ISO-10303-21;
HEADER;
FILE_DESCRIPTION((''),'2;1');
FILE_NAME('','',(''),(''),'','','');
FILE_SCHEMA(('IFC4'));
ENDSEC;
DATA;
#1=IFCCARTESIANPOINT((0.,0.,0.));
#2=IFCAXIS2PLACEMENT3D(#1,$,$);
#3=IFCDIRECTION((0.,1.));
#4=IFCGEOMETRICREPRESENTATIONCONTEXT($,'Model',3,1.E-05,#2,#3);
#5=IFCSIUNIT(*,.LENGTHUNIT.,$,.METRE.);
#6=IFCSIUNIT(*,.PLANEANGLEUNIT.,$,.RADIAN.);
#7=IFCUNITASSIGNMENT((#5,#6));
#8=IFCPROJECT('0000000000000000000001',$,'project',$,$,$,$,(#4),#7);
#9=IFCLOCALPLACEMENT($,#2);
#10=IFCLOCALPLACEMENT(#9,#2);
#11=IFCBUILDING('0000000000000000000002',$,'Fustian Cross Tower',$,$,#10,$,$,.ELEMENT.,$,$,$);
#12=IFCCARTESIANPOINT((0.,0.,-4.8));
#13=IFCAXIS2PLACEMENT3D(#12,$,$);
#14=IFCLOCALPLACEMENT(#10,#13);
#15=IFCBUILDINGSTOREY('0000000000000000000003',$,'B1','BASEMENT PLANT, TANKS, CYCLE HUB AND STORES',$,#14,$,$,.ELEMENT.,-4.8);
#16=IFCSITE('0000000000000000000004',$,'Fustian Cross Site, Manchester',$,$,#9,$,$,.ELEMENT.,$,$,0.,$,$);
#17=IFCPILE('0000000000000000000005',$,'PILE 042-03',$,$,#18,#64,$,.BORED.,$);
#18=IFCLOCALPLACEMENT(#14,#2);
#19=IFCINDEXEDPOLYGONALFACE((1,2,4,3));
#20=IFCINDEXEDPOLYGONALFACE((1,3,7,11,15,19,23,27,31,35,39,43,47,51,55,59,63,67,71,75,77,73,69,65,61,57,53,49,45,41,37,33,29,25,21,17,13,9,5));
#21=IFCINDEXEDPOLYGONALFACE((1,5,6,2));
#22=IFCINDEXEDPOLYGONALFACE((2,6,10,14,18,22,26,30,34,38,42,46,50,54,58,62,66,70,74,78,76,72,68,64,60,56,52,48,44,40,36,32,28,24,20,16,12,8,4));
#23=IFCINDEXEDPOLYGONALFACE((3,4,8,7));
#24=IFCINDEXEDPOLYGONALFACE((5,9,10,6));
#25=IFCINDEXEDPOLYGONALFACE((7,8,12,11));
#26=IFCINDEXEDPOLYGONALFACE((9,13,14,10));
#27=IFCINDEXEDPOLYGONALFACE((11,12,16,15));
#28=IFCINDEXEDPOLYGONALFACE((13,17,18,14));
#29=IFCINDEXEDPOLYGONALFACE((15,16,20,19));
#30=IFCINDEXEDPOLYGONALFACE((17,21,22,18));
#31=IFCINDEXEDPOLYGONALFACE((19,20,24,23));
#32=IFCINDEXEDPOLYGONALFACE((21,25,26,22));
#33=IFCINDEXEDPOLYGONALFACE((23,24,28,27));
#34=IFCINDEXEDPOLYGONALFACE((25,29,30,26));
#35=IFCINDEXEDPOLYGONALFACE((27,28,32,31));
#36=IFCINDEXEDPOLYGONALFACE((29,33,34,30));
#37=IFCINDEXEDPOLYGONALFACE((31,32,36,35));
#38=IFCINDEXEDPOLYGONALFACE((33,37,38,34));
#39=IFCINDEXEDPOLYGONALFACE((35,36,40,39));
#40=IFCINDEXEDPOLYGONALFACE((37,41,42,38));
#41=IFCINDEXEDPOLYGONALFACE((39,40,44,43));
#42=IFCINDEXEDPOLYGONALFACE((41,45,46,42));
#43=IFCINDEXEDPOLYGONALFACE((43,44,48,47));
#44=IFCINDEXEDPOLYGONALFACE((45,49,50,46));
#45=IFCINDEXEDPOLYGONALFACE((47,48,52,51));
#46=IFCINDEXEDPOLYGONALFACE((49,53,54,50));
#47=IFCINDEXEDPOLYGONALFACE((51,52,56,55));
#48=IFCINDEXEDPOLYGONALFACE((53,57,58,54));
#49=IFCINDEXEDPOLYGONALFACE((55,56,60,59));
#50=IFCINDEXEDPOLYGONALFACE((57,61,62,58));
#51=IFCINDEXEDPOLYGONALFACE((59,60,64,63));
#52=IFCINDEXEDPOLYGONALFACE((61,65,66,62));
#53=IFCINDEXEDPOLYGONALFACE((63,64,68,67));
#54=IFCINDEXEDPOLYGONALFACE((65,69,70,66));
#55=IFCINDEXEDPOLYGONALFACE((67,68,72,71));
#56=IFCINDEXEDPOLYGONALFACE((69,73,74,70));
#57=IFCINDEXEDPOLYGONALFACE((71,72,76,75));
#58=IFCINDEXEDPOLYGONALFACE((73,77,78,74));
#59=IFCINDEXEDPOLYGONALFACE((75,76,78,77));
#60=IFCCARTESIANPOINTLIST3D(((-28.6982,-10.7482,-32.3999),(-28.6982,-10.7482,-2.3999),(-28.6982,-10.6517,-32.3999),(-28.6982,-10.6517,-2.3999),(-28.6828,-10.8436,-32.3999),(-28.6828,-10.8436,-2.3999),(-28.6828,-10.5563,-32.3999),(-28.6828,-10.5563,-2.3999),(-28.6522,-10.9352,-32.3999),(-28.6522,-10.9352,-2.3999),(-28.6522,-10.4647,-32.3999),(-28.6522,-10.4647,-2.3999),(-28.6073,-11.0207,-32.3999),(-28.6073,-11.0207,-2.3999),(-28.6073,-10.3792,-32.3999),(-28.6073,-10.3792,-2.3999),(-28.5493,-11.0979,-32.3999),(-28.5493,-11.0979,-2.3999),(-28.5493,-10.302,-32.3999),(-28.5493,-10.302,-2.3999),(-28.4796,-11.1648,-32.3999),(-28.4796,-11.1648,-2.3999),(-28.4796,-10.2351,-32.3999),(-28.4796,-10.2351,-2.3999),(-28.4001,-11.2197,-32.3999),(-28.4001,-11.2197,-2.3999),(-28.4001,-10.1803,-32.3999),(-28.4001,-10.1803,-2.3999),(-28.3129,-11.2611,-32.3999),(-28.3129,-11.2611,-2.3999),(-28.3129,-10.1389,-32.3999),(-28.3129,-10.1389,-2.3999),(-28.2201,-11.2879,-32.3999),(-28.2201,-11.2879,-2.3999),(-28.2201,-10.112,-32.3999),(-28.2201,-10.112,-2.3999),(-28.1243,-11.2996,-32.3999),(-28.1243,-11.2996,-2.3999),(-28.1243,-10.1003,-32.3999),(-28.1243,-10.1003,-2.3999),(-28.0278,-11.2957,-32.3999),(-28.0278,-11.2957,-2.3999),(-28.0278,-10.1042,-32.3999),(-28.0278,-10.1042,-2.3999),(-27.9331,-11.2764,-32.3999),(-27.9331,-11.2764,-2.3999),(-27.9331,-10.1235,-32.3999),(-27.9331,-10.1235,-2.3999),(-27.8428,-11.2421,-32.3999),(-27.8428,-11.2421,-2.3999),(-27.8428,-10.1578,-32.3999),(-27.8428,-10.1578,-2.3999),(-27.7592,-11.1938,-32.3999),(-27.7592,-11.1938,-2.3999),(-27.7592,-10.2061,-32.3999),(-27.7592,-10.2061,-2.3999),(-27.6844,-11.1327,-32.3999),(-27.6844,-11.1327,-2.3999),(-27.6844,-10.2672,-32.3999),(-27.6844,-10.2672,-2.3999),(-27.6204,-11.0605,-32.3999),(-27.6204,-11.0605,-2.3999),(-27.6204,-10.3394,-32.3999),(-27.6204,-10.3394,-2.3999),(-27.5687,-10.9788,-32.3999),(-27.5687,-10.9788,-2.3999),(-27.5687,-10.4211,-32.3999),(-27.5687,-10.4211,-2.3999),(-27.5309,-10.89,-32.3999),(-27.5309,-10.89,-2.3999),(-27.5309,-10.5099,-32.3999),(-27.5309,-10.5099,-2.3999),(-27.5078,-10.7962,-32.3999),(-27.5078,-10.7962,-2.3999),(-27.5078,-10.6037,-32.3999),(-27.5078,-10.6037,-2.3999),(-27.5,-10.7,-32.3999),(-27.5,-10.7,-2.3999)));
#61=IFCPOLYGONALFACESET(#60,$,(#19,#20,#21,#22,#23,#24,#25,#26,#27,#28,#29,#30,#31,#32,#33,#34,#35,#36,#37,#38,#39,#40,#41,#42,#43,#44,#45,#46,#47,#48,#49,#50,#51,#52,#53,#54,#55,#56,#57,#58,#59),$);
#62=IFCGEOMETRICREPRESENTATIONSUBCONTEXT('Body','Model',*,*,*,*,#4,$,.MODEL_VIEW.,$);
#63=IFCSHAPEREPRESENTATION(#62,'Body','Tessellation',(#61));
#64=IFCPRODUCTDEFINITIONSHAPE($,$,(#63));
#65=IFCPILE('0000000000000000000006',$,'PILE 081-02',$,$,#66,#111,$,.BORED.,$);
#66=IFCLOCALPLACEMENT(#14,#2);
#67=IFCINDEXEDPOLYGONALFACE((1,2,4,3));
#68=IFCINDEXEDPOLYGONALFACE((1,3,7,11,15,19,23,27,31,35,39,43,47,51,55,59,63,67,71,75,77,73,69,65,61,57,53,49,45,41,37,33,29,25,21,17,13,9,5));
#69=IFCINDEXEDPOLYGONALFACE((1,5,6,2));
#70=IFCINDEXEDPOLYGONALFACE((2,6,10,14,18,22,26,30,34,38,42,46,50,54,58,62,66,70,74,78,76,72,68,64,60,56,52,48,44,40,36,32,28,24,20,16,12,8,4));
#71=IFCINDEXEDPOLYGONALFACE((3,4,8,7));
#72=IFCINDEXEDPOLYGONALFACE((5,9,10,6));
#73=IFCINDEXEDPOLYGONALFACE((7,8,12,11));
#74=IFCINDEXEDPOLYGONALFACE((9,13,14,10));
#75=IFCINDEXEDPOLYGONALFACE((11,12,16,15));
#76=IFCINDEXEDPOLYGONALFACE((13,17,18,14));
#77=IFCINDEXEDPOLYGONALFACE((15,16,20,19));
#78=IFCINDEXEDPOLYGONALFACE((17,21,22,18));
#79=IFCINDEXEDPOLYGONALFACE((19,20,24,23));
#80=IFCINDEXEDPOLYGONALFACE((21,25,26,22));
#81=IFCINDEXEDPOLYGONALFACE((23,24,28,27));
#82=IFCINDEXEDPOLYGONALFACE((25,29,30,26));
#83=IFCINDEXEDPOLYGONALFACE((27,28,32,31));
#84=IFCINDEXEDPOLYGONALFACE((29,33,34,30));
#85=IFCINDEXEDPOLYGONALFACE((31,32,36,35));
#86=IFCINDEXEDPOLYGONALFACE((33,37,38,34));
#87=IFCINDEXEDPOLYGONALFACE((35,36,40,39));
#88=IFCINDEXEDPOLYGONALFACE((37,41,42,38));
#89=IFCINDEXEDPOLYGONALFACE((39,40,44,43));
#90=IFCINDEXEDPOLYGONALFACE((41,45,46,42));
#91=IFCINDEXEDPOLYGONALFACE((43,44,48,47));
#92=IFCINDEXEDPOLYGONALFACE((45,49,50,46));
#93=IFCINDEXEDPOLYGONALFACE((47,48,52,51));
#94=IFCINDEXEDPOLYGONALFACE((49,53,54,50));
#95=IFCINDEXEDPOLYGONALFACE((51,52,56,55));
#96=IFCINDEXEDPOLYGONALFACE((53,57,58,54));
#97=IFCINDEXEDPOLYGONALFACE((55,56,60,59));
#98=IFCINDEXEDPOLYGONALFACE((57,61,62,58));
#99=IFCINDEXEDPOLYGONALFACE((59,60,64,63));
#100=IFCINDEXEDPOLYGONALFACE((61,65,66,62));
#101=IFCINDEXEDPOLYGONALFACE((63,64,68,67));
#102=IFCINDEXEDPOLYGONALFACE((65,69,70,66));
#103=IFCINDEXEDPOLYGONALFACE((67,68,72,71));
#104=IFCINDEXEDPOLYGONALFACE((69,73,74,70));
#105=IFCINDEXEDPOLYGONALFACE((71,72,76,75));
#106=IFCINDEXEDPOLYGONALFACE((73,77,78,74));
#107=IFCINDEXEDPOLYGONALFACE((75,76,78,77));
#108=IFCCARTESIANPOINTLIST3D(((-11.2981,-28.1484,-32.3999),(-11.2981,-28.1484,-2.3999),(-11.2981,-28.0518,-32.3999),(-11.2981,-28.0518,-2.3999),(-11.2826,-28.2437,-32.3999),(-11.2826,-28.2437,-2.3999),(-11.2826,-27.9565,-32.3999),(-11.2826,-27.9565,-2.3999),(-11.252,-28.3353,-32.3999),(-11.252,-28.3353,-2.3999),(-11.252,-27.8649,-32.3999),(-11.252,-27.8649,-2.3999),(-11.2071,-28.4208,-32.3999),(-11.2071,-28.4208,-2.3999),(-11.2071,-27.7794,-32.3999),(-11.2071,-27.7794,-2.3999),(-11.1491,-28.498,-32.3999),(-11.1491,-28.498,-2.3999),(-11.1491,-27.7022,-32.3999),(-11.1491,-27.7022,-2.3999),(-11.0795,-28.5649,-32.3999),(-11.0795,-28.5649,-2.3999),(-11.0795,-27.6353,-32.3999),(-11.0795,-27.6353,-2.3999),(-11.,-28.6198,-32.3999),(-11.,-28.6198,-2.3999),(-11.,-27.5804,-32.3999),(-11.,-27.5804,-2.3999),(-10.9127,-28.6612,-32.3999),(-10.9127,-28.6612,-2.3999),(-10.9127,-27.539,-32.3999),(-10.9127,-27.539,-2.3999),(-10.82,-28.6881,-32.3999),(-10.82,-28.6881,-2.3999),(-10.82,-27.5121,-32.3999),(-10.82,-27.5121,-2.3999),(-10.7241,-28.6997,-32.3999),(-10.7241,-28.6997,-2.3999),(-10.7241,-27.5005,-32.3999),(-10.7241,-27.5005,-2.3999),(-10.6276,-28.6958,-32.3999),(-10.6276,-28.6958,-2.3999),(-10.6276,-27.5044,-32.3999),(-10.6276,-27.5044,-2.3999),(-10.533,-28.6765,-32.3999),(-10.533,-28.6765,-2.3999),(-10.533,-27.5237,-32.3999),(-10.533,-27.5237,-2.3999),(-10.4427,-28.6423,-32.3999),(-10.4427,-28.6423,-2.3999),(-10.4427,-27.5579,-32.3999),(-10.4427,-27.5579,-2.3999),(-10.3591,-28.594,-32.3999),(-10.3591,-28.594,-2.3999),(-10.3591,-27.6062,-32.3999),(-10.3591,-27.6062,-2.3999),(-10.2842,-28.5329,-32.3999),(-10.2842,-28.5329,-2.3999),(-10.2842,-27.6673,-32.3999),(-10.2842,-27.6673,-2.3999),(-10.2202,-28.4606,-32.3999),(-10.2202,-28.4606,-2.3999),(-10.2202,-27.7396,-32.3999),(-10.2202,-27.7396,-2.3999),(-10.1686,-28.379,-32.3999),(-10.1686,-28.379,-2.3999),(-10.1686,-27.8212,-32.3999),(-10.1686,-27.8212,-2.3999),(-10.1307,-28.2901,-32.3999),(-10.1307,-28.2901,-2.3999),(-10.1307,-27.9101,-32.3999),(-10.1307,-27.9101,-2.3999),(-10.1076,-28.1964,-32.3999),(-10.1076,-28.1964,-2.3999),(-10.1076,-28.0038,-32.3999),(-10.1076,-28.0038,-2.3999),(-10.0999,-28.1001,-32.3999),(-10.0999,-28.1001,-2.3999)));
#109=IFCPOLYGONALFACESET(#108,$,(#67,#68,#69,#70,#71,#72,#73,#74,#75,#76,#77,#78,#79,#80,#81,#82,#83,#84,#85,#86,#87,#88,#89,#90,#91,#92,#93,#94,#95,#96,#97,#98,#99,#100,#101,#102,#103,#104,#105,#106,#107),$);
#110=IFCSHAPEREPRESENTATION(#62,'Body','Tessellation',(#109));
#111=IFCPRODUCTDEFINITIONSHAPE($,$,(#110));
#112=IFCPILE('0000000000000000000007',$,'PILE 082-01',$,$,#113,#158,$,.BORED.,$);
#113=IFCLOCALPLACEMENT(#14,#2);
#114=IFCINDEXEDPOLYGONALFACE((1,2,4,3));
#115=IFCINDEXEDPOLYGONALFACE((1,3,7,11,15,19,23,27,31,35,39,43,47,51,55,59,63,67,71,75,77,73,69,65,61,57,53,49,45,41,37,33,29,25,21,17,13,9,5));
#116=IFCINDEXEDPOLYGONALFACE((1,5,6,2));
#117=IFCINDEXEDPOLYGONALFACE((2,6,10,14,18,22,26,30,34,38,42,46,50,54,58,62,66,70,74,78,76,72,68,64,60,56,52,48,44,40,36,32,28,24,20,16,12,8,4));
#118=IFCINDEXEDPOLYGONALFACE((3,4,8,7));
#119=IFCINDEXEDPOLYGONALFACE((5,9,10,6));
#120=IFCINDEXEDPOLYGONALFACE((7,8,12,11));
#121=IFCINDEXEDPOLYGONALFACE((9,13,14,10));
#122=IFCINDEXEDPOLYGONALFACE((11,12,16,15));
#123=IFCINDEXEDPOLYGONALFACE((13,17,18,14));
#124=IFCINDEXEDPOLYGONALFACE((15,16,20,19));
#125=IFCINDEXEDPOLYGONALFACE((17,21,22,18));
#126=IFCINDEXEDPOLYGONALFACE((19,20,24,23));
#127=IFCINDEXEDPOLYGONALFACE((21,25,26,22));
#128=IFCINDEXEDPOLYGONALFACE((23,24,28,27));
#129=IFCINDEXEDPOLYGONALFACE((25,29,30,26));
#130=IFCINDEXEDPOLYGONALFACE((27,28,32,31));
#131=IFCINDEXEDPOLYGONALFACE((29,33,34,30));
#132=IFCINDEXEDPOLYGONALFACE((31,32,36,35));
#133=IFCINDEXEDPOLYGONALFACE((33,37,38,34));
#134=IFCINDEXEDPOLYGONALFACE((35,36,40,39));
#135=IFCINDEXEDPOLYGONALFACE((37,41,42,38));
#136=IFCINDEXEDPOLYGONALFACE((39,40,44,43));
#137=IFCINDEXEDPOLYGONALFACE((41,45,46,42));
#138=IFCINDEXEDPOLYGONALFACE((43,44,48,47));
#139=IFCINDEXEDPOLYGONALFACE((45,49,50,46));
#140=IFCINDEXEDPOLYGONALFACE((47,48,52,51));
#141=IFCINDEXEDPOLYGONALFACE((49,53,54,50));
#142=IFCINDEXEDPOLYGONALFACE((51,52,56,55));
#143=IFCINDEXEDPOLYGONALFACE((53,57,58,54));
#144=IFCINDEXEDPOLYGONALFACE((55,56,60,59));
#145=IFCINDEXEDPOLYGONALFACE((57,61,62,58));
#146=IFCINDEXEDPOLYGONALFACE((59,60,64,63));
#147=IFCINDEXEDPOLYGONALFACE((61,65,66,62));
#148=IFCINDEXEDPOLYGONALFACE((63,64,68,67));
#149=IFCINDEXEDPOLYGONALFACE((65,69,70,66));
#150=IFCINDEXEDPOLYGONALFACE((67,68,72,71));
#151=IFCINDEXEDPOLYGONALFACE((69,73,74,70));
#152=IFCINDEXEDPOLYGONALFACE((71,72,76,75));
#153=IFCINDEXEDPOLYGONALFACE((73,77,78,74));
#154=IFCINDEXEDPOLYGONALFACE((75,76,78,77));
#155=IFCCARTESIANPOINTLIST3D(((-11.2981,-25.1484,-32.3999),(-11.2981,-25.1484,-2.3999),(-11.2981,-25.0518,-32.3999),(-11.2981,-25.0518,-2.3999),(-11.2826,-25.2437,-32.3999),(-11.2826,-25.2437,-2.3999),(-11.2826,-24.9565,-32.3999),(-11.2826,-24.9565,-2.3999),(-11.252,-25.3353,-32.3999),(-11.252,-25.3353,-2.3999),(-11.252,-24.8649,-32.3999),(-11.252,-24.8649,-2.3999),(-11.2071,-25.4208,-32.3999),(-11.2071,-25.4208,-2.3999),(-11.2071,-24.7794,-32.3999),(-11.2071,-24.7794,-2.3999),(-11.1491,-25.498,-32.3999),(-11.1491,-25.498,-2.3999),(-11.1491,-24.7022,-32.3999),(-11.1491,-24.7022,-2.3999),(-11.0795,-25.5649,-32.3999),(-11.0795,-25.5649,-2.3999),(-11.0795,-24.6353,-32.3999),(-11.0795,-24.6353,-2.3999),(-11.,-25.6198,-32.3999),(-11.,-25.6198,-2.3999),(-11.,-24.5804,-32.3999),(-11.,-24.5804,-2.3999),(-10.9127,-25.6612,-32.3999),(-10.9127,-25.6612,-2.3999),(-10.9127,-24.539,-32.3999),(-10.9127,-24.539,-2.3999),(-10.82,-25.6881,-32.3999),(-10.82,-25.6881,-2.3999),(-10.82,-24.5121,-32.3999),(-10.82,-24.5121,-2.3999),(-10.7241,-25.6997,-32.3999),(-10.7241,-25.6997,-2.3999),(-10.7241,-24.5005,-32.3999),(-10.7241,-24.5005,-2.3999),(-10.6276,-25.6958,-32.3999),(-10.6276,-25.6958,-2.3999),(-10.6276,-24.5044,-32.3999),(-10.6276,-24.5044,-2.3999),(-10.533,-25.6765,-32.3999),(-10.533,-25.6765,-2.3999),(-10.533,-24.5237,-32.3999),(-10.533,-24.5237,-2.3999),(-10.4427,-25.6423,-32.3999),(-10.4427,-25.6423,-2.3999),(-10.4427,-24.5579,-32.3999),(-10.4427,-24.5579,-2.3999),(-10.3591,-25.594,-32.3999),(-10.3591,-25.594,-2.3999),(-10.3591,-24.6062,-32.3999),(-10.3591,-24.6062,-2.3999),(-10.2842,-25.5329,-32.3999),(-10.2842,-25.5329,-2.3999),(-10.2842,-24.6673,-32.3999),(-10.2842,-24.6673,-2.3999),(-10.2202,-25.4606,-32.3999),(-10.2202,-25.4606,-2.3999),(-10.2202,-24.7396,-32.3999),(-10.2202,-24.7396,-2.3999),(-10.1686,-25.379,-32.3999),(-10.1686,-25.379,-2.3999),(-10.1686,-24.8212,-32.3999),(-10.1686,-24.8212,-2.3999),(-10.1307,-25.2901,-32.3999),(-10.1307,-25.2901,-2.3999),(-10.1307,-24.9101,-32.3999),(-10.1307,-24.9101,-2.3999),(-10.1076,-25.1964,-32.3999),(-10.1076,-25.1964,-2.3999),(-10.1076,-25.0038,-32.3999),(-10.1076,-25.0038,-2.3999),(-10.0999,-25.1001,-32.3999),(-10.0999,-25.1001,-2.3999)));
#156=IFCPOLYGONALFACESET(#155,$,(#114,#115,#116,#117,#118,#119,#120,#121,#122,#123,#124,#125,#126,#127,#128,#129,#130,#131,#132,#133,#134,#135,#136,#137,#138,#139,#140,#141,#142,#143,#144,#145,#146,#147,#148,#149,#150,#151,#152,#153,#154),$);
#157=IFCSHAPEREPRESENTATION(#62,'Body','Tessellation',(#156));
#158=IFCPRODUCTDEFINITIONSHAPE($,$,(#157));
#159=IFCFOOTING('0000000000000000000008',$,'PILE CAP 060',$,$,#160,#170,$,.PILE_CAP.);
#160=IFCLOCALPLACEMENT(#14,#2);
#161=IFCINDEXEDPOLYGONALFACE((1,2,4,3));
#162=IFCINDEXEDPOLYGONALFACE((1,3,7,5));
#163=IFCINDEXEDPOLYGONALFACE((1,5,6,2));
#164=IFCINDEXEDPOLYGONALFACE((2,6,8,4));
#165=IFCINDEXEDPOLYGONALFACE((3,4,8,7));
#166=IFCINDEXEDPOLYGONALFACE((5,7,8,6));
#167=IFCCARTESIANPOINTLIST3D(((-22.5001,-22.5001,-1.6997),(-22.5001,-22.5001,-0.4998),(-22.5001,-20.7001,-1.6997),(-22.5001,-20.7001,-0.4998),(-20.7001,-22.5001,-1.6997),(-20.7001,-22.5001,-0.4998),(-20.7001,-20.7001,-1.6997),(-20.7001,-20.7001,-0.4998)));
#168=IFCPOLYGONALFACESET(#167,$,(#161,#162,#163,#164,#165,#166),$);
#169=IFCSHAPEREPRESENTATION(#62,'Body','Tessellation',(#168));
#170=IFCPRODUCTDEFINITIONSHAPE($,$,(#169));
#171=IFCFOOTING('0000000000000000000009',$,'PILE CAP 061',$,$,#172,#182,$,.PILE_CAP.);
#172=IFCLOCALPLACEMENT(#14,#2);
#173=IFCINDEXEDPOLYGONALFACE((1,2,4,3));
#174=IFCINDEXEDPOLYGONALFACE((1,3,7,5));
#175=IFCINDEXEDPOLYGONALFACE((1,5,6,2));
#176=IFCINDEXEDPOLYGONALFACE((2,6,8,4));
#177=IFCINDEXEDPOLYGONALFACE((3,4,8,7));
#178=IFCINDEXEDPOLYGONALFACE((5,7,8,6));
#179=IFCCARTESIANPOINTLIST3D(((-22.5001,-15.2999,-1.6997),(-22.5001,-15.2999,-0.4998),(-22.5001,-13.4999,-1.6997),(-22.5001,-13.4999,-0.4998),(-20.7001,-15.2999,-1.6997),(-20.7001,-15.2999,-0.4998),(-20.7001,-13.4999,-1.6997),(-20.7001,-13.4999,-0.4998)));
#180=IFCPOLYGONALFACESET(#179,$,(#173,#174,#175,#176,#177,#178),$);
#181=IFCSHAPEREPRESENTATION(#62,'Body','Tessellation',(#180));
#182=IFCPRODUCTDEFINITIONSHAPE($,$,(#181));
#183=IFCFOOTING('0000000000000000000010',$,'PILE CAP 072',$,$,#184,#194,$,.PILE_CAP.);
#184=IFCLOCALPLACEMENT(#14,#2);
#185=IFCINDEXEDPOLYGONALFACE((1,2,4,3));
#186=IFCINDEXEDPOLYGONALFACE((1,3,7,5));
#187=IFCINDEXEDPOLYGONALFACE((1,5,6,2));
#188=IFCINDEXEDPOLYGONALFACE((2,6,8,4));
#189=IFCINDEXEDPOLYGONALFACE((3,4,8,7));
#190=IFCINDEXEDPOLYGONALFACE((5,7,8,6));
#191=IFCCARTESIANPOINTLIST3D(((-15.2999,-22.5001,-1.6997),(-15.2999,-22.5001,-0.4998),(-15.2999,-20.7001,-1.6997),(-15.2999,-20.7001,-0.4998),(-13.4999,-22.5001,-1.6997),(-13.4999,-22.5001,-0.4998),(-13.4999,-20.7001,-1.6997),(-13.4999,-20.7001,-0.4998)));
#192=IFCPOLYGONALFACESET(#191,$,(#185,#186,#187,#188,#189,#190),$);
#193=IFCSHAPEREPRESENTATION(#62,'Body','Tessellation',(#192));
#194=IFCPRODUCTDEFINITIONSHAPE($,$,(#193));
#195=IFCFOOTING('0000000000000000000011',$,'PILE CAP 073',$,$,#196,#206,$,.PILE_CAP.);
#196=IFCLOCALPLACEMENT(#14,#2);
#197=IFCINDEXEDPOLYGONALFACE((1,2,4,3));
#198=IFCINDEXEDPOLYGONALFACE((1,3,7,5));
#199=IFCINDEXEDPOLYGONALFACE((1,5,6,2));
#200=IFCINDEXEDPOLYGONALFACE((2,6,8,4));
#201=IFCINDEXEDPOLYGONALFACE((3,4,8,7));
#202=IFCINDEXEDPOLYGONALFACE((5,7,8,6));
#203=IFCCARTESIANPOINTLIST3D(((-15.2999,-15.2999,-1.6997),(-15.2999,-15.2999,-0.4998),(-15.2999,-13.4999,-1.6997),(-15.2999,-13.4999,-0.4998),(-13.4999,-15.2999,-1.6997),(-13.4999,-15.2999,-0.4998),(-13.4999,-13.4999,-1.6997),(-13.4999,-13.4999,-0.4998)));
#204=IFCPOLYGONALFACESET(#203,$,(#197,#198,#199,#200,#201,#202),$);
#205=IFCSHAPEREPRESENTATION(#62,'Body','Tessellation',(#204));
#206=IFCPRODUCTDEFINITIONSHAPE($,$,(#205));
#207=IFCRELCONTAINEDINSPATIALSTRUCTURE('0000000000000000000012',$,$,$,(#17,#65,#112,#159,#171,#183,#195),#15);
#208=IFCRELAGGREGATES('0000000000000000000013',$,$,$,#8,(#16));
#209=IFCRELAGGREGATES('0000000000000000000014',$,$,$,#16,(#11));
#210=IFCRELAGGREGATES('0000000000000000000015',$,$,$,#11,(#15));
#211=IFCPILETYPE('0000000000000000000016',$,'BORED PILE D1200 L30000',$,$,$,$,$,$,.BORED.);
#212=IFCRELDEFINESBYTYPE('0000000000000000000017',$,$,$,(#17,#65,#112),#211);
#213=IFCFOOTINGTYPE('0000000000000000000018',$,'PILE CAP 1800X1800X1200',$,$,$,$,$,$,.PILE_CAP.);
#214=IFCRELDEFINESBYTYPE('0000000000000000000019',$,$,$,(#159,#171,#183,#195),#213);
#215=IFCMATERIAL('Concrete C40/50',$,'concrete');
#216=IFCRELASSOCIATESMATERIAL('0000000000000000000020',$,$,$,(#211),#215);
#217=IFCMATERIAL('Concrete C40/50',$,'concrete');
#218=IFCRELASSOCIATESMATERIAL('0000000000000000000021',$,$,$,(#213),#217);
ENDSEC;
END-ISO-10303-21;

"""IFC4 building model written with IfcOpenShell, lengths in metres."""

from ifc_helpers import new_model, si_unit, direction, frame, origin, origin_2d, place, context, subcontext, project, spatial, rectangle, circle, extrude, material, material_profile, profile_set, type_object, element, save


model = new_model("IFC4")

# Units and contexts
model_context = context("Model", 3, precision=1e-05, world=origin(), true_north=direction((0.0, 1.0)))
body_context = subcontext(model_context, "Body", "Model", "MODEL_VIEW")
ifc_project = project(units=[si_unit("LENGTHUNIT", "METRE"), si_unit("PLANEANGLEUNIT", "RADIAN")], contexts=[model_context])

# Site, building, storey
site_placement = place(None, origin())
site = spatial("IfcSite", under=ifc_project, at=site_placement, Name="Fustian Cross Site, Manchester", CompositionType="ELEMENT", RefElevation=0.0)
building_placement = place(site_placement, origin())
building = spatial("IfcBuilding", under=site, at=building_placement, Name="Fustian Cross Tower", CompositionType="ELEMENT")
storey_placement = place(building_placement, frame((0.0, 0.0, -4.8)))
storey = spatial("IfcBuildingStorey", under=building, at=storey_placement, Name="B1", Description="BASEMENT PLANT, TANKS, CYCLE HUB AND STORES", CompositionType="ELEMENT", Elevation=-4.8)

# Piles
ifc_material_1 = material(Name="Concrete C40/50", Category="concrete")
ifc_material_profile_1 = material_profile(ifc_material_1, circle(Radius=0.6001, at=origin_2d()), Name="BORED PILE D1200 L30000")
ifc_profile_set_1 = profile_set([ifc_material_profile_1], Name="Concrete C40/50")
pile_type_1 = type_object("IfcPileType", Name="BORED PILE D1200 L30000", PredefinedType="BORED", material=ifc_profile_set_1)
for number, where, z_axis, x_axis, name in (
    (1, (-28.1001, -10.7, -2.3999), (0.0, 0.0, -1.0), (1.0, 0.0, 0.0), "PILE 042-03"),
    (2, (-10.7, -28.1001, -2.3999), (0.0, 0.0, -1.0), (1.0, 0.0, 0.0), "PILE 081-02"),
    (3, (-10.7, -25.1001, -2.3999), (0.0, 0.0, -1.0), (1.0, 0.0, 0.0), "PILE 082-01"),
):
    element("IfcPile", number, at=place(storey_placement, frame(where, z_axis=z_axis, x_axis=x_axis)), inside=storey, type_object=pile_type_1, Name=name, PredefinedType="BORED", context=body_context, shape_type="SweptSolid", body=[
        extrude(circle(Radius=0.6001, at=origin_2d()), origin(), (0.0, 0.0, 1.0), 30.0),
    ])

# Footings
ifc_material_2 = material(Name="Concrete C40/50", Category="concrete")
footing_type = type_object("IfcFootingType", Name="PILE CAP 1800X1800X1200", PredefinedType="PILE_CAP", material=ifc_material_2)
for number, where, z_axis, x_axis, name in (
    (4, (-21.6001, -21.6001, -1.6997), (0.0, 0.0, 1.0), (1.0, 0.0, 0.0), "PILE CAP 060"),
    (5, (-21.6001, -14.3999, -1.6997), (0.0, 0.0, 1.0), (1.0, 0.0, 0.0), "PILE CAP 061"),
    (6, (-14.3999, -21.6001, -1.6997), (0.0, 0.0, 1.0), (1.0, 0.0, 0.0), "PILE CAP 072"),
    (7, (-14.3999, -14.3999, -1.6997), (0.0, 0.0, 1.0), (1.0, 0.0, 0.0), "PILE CAP 073"),
):
    element("IfcFooting", number, at=place(storey_placement, frame(where, z_axis=z_axis, x_axis=x_axis)), inside=storey, type_object=footing_type, Name=name, PredefinedType="PILE_CAP", context=body_context, shape_type="SweptSolid", body=[
        extrude(rectangle(XDim=1.8, YDim=1.8, at=origin_2d()), origin(), (0.0, 0.0, 1.0), 1.2),
    ])

save(model, "model.ifc")
